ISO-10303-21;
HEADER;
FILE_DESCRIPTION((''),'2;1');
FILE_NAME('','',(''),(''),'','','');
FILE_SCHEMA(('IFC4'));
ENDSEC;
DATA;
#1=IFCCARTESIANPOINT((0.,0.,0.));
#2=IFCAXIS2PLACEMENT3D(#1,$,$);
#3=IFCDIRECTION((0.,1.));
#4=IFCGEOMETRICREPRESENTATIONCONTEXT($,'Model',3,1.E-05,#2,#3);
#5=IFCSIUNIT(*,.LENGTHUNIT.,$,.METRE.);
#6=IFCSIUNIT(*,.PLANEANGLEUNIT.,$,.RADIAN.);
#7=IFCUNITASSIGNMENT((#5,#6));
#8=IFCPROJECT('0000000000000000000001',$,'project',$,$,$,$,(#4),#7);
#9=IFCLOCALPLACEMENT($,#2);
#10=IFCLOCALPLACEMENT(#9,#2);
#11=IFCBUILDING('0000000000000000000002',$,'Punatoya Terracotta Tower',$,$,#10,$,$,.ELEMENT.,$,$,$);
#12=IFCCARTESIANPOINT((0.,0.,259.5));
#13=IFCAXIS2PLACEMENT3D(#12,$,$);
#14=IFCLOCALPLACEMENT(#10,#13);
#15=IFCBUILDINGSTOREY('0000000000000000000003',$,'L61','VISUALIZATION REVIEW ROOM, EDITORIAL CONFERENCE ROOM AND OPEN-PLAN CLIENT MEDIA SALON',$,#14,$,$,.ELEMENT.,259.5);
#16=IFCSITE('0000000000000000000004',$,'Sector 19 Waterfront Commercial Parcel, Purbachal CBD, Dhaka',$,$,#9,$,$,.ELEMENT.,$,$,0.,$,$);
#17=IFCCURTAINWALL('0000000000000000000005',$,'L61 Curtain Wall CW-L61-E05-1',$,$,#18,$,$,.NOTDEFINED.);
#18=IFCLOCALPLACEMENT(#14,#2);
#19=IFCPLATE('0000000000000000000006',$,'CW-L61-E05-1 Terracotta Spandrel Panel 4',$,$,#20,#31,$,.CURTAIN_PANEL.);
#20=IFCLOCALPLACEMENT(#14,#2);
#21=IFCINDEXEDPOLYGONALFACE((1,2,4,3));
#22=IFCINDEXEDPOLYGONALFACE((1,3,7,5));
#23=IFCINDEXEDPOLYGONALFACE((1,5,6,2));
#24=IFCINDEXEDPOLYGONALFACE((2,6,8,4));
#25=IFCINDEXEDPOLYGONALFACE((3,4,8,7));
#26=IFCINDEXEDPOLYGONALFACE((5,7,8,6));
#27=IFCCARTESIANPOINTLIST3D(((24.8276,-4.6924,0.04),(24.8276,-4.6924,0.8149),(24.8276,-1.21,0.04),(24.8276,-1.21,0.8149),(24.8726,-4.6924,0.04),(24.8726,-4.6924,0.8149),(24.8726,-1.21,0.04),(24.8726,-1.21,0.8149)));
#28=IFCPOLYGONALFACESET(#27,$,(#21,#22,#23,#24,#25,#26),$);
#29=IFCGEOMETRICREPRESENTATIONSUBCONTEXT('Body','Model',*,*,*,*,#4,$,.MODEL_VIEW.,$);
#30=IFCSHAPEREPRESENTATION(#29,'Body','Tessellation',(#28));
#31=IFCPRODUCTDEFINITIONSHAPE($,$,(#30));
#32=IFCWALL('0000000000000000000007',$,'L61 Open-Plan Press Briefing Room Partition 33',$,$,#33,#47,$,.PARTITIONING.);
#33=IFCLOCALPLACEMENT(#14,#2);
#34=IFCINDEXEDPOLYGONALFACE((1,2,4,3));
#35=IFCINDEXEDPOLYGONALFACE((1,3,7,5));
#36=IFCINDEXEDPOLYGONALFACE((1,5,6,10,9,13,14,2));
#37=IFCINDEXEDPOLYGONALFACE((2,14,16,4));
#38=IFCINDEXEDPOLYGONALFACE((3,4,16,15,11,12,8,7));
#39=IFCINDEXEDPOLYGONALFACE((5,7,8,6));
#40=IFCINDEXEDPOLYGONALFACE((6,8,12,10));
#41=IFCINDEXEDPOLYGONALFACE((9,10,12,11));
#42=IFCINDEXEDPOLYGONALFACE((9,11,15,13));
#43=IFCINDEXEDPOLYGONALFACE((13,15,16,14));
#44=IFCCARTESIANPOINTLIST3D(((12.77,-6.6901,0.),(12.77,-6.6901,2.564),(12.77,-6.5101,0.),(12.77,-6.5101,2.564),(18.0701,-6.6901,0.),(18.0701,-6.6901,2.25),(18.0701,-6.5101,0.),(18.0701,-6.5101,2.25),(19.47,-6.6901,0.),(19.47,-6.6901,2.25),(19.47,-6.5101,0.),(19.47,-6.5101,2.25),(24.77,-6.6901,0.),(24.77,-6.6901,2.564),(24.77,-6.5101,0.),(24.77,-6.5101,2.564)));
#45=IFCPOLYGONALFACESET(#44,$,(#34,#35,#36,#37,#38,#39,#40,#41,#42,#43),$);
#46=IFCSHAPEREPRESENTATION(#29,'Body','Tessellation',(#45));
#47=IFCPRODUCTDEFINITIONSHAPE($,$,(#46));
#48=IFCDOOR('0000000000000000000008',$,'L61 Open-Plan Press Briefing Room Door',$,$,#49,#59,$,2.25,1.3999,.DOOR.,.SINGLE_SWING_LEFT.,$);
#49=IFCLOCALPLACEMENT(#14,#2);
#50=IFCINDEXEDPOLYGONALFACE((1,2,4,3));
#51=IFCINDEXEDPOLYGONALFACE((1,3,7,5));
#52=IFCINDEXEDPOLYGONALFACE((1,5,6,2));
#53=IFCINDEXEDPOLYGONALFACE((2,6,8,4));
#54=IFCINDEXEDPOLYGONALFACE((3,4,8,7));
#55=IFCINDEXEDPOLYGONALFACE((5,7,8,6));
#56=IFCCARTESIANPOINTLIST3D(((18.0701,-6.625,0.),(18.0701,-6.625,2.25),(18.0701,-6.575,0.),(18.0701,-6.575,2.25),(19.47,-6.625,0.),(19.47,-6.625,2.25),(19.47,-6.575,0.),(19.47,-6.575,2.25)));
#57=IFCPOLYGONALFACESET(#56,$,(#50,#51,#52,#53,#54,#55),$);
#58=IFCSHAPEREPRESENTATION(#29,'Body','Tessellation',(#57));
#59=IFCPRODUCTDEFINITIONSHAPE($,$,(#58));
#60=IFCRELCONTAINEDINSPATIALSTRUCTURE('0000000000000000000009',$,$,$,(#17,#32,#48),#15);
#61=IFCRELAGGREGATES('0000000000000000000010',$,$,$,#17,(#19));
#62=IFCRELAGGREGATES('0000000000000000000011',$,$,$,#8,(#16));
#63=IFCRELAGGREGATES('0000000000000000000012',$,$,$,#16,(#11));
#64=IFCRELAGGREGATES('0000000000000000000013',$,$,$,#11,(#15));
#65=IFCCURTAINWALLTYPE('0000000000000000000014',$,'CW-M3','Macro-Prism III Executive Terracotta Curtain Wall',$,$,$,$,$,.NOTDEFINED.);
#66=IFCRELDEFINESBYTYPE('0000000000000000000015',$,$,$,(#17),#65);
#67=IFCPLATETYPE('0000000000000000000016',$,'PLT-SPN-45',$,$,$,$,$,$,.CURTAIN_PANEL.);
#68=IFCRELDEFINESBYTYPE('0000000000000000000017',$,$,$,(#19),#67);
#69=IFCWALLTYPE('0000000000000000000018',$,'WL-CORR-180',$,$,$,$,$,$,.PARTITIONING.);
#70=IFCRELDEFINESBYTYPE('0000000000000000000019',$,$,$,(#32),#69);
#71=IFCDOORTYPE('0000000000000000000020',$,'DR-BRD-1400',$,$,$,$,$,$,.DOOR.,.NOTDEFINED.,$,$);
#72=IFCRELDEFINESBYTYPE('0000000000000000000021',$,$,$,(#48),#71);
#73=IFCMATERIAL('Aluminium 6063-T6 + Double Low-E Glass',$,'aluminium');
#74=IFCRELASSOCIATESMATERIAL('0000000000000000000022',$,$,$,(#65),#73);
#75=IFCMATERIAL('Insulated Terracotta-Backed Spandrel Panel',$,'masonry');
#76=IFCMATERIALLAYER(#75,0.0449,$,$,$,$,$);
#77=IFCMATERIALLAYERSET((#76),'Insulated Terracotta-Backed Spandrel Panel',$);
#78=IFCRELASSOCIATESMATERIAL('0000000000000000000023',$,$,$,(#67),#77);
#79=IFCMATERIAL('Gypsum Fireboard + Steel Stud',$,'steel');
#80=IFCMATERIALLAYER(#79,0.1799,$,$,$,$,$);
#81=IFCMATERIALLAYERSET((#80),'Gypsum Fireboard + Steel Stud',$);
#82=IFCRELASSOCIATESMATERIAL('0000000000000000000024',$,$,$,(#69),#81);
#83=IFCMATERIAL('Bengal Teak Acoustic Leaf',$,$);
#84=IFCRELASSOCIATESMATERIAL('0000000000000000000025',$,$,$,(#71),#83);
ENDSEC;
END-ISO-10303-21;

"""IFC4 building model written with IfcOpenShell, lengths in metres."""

from ifc_helpers import new_model, si_unit, direction, frame, frame_2d, origin, origin_2d, place, context, subcontext, project, spatial, rectangle, extrude, material, layer, layer_set, type_object, element, fill, aggregate, save


model = new_model("IFC4")

# Units and contexts
model_context = context("Model", 3, precision=1e-05, world=origin(), true_north=direction((0.0, 1.0)))
body_context = subcontext(model_context, "Body", "Model", "MODEL_VIEW")
ifc_project = project(units=[si_unit("LENGTHUNIT", "METRE"), si_unit("PLANEANGLEUNIT", "RADIAN")], contexts=[model_context])

# Site, building, storey
site_placement = place(None, origin())
site = spatial("IfcSite", under=ifc_project, at=site_placement, Name="Sector 19 Waterfront Commercial Parcel, Purbachal CBD, Dhaka", CompositionType="ELEMENT", RefElevation=0.0)
building_placement = place(site_placement, origin())
building = spatial("IfcBuilding", under=site, at=building_placement, Name="Punatoya Terracotta Tower", CompositionType="ELEMENT")
storey_placement = place(building_placement, frame((0.0, 0.0, 259.5)))
storey = spatial("IfcBuildingStorey", under=building, at=storey_placement, Name="L61", Description="VISUALIZATION REVIEW ROOM, EDITORIAL CONFERENCE ROOM AND OPEN-PLAN CLIENT MEDIA SALON", CompositionType="ELEMENT", Elevation=259.5)

# Curtain wall
ifc_material_1 = material(Name="Aluminium 6063-T6 + Double Low-E Glass", Category="aluminium")
curtain_wall_type = type_object("IfcCurtainWallType", Name="CW-M3", Description="Macro-Prism III Executive Terracotta Curtain Wall", PredefinedType="NOTDEFINED", material=ifc_material_1)
curtain_wall_1_placement = place(storey_placement, origin())
curtain_wall_1 = element("IfcCurtainWall", 1, at=curtain_wall_1_placement, inside=storey, type_object=curtain_wall_type, Name="L61 Curtain Wall CW-L61-E05-1", PredefinedType="NOTDEFINED")

# Plate
ifc_material_2 = material(Name="Insulated Terracotta-Backed Spandrel Panel", Category="masonry")
ifc_layer_1 = layer(ifc_material_2, 0.0449)
ifc_layer_set_1 = layer_set([ifc_layer_1], Name="Insulated Terracotta-Backed Spandrel Panel")
plate_type_1 = type_object("IfcPlateType", Name="PLT-SPN-45", PredefinedType="CURTAIN_PANEL", material=ifc_layer_set_1)
plate_1_placement = place(storey_placement, frame((24.8501, -2.9512, 0.04), z_axis=(0.0, 0.0, 1.0), x_axis=(0.0, 1.0, 0.0)))
plate_1 = element("IfcPlate", 2, at=plate_1_placement, type_object=plate_type_1, Name="CW-L61-E05-1 Terracotta Spandrel Panel 4", PredefinedType="CURTAIN_PANEL", context=body_context, shape_type="SweptSolid", body=[
    extrude(rectangle(XDim=3.4824, YDim=0.0449, at=origin_2d()), origin(), (0.0, 0.0, 1.0), 0.7749),
])
aggregate(curtain_wall_1, [plate_1])

# Wall, opening, door
ifc_material_3 = material(Name="Gypsum Fireboard + Steel Stud", Category="steel")
ifc_layer_2 = layer(ifc_material_3, 0.1799)
ifc_layer_set_2 = layer_set([ifc_layer_2], Name="Gypsum Fireboard + Steel Stud")
wall_type = type_object("IfcWallType", Name="WL-CORR-180", PredefinedType="PARTITIONING", material=ifc_layer_set_2)
wall_placement = place(storey_placement, frame((24.77, -6.6001, 0.0), z_axis=(0.0, 0.0, 1.0), x_axis=(-1.0, 0.0, 0.0)))
wall = element("IfcWall", 3, at=wall_placement, inside=storey, type_object=wall_type, Name="L61 Open-Plan Press Briefing Room Partition 33", PredefinedType="PARTITIONING", context=body_context, shape_type="SweptSolid", body=[
    extrude(rectangle(XDim=12.0, YDim=0.1799, at=frame_2d((6.0, 0.0))), origin(), (0.0, 0.0, 1.0), 2.564),
])
opening_placement = place(wall_placement, frame((5.3, 0.0, 0.0)))
opening = element("IfcOpeningElement", 4, at=opening_placement, cuts=wall, PredefinedType="OPENING", context=body_context, shape_type="SweptSolid", body=[
    extrude(rectangle(XDim=1.3999, YDim=2.25, at=frame_2d((0.7, 1.125))), frame((0.0, 0.0999, 0.0), z_axis=(0.0, -1.0, 0.0), x_axis=(1.0, 0.0, 0.0)), (0.0, 0.0, 1.0), 0.2),
])
ifc_material_4 = material(Name="Bengal Teak Acoustic Leaf")
door_type = type_object("IfcDoorType", Name="DR-BRD-1400", OperationType="NOTDEFINED", PredefinedType="DOOR", material=ifc_material_4)
door_placement = place(opening_placement, origin())
door = element("IfcDoor", 5, at=door_placement, inside=storey, type_object=door_type, Name="L61 Open-Plan Press Briefing Room Door", OperationType="SINGLE_SWING_LEFT", OverallHeight=2.25, OverallWidth=1.3999, PredefinedType="DOOR", context=body_context, shape_type="SweptSolid", body=[
    extrude(rectangle(XDim=1.3999, YDim=2.25, at=frame_2d((0.7, 1.125))), frame((0.0, 0.0249, 0.0), z_axis=(0.0, -1.0, 0.0), x_axis=(1.0, 0.0, 0.0)), (0.0, 0.0, 1.0), 0.05),
])
fill(opening, door)

save(model, "model.ifc")
